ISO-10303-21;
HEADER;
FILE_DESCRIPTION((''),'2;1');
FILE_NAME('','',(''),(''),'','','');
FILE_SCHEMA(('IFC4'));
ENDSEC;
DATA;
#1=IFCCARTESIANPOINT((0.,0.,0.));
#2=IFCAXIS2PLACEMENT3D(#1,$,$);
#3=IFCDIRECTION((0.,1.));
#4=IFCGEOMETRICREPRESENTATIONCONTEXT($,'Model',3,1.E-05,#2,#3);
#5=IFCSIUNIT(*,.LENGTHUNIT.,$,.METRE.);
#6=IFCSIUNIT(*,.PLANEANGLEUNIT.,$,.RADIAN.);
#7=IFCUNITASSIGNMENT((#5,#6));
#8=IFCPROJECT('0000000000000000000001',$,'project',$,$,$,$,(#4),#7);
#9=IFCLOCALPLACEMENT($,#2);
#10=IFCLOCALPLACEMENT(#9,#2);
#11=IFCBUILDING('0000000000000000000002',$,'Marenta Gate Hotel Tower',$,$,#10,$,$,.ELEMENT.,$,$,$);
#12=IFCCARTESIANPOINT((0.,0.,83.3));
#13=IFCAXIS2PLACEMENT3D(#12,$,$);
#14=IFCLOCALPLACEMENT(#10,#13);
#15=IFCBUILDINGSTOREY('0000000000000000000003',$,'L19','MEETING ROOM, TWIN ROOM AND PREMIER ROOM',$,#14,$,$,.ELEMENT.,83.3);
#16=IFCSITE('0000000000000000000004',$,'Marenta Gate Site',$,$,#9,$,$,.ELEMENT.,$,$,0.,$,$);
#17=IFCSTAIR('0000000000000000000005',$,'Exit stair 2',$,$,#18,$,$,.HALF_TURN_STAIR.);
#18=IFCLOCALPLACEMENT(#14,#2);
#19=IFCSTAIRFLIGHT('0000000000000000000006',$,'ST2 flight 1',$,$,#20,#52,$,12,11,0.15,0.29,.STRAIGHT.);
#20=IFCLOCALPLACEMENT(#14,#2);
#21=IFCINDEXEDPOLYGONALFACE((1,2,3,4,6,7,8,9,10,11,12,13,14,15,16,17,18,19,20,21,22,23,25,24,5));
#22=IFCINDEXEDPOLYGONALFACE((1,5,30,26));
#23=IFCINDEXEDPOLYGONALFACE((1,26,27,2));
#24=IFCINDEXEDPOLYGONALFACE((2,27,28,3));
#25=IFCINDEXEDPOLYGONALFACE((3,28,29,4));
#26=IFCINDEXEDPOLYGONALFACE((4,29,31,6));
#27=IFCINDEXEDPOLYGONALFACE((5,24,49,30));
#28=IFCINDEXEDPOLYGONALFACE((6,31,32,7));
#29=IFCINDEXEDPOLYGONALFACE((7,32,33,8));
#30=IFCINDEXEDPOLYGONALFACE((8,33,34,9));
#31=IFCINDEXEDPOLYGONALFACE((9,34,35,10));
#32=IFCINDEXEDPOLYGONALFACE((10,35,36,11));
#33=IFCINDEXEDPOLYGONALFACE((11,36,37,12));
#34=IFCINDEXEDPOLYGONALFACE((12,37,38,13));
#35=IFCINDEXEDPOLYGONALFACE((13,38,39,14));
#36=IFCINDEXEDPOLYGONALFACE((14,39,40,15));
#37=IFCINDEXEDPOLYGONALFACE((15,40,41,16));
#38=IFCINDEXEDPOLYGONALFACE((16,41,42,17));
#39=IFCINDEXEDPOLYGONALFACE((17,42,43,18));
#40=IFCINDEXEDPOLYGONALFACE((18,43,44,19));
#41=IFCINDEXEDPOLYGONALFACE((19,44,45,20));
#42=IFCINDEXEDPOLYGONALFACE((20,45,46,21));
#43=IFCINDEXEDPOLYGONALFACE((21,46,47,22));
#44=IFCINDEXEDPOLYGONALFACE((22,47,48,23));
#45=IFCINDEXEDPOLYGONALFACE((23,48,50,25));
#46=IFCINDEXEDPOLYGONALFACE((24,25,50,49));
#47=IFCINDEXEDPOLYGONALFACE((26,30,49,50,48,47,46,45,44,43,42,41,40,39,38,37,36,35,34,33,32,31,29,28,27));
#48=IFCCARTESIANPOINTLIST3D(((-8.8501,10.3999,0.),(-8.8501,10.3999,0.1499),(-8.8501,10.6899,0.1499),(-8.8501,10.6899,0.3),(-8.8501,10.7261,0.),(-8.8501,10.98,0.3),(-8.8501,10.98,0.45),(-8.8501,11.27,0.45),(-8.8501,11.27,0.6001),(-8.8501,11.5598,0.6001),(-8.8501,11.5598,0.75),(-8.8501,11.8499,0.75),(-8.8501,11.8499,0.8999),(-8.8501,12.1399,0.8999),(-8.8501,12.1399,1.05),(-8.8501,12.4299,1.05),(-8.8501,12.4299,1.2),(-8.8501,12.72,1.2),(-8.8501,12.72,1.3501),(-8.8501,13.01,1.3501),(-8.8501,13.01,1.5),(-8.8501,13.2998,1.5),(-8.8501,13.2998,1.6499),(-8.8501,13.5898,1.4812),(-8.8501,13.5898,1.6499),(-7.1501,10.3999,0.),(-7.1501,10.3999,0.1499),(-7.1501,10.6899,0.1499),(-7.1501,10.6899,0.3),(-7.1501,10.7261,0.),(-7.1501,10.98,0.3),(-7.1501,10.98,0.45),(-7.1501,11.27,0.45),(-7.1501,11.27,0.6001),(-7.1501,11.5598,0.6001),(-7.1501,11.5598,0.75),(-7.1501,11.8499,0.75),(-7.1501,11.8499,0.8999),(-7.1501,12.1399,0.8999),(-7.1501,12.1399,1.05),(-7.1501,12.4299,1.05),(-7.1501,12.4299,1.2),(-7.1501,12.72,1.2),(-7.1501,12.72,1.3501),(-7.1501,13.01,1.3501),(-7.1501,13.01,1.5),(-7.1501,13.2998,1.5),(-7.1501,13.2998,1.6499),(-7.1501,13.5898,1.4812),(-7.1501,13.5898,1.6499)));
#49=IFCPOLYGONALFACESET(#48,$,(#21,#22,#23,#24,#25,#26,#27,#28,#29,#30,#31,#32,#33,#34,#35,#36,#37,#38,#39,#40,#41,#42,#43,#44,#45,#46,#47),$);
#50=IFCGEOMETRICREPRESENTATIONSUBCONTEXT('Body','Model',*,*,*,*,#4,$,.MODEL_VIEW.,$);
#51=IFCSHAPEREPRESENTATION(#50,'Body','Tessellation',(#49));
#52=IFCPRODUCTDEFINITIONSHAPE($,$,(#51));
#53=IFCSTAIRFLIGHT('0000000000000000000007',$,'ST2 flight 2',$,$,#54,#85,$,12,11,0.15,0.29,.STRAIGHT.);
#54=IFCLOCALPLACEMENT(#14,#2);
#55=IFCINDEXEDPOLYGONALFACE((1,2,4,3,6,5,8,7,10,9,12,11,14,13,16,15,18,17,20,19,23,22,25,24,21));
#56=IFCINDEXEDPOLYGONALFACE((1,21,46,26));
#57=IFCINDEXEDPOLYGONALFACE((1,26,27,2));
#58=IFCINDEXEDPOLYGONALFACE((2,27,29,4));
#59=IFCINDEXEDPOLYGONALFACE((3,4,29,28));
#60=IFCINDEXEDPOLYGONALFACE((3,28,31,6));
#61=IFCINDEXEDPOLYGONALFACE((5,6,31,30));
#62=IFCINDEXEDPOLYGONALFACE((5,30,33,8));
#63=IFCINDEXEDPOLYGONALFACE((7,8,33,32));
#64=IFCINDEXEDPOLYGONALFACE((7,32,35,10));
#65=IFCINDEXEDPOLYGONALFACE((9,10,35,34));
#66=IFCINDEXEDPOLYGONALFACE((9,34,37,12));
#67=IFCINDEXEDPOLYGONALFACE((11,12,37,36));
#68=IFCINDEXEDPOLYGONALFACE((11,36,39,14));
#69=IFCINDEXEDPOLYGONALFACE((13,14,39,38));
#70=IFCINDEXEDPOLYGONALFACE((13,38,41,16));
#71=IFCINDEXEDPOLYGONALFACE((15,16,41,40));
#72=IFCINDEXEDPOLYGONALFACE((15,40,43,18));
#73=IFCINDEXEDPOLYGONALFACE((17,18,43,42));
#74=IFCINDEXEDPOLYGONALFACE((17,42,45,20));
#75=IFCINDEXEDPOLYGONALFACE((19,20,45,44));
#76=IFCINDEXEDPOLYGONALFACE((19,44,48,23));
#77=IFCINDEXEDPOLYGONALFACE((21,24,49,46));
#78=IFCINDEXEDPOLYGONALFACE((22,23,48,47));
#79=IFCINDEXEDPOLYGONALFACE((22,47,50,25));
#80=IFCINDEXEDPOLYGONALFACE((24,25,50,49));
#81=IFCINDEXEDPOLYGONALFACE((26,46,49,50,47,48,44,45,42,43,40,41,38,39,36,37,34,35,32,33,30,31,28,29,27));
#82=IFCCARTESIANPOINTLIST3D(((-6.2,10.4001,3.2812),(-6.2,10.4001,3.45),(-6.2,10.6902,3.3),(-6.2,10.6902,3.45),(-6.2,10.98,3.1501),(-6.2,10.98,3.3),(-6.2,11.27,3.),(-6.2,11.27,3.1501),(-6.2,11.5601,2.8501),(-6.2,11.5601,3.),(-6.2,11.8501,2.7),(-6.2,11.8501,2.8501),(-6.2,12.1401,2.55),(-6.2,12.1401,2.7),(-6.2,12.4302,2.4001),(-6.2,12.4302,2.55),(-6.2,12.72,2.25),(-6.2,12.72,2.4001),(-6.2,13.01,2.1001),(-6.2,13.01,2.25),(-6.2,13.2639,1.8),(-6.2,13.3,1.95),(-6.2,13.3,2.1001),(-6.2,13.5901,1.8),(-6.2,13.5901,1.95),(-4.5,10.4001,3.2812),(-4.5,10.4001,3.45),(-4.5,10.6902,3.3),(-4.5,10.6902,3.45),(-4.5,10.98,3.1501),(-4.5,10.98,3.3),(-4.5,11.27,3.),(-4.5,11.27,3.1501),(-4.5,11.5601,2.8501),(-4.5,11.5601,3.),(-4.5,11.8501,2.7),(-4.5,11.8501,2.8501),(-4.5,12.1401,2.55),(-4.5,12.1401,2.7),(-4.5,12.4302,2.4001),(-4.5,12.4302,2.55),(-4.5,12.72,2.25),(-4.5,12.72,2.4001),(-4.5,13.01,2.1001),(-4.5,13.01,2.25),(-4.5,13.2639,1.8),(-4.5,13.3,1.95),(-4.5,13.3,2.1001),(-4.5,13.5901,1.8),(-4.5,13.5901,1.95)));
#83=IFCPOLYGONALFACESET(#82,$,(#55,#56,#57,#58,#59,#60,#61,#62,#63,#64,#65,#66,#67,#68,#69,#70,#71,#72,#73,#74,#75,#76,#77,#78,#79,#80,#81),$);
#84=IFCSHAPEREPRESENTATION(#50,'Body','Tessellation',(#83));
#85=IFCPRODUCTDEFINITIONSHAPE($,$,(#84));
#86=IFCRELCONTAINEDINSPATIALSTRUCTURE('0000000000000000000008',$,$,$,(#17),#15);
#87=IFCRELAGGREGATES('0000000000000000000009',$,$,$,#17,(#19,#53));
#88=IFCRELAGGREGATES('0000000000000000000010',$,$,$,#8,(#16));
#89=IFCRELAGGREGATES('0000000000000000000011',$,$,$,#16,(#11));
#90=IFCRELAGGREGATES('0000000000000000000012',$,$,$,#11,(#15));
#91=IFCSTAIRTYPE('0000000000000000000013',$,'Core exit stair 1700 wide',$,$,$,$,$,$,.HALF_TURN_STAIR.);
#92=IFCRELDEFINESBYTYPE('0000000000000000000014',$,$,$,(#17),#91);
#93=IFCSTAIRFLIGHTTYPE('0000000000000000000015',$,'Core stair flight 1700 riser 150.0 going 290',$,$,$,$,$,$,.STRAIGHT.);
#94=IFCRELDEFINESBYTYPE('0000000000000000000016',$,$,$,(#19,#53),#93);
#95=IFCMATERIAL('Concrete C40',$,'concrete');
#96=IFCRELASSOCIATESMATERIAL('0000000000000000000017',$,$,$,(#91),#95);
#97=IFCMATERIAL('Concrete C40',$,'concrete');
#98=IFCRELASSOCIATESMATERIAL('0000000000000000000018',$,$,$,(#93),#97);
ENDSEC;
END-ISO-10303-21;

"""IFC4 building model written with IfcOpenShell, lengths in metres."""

from ifc_helpers import new_model, si_unit, direction, frame, origin, place, context, subcontext, project, spatial, polyline, outline, extrude, material, type_object, element, aggregate, save


model = new_model("IFC4")

# Units and contexts
model_context = context("Model", 3, precision=1e-05, world=origin(), true_north=direction((0.0, 1.0)))
body_context = subcontext(model_context, "Body", "Model", "MODEL_VIEW")
ifc_project = project(units=[si_unit("LENGTHUNIT", "METRE"), si_unit("PLANEANGLEUNIT", "RADIAN")], contexts=[model_context])

# Site, building, storey
site_placement = place(None, origin())
site = spatial("IfcSite", under=ifc_project, at=site_placement, Name="Marenta Gate Site", CompositionType="ELEMENT", RefElevation=0.0)
building_placement = place(site_placement, origin())
building = spatial("IfcBuilding", under=site, at=building_placement, Name="Marenta Gate Hotel Tower", CompositionType="ELEMENT")
storey_placement = place(building_placement, frame((0.0, 0.0, 83.3)))
storey = spatial("IfcBuildingStorey", under=building, at=storey_placement, Name="L19", Description="MEETING ROOM, TWIN ROOM AND PREMIER ROOM", CompositionType="ELEMENT", Elevation=83.3)

# Stair, stair flights
ifc_material_1 = material(Name="Concrete C40", Category="concrete")
stair_type = type_object("IfcStairType", Name="Core exit stair 1700 wide", PredefinedType="HALF_TURN_STAIR", material=ifc_material_1)
ifc_material_2 = material(Name="Concrete C40", Category="concrete")
stair_flight_type = type_object("IfcStairFlightType", Name="Core stair flight 1700 riser 150.0 going 290", PredefinedType="STRAIGHT", material=ifc_material_2)
stair_1_placement = place(storey_placement, origin())
stair_1 = element("IfcStair", 1, at=stair_1_placement, inside=storey, type_object=stair_type, Name="Exit stair 2", PredefinedType="HALF_TURN_STAIR")
stair_flight_1_placement = place(storey_placement, frame((-8.0, 10.3999, 0.0), z_axis=(0.0, 0.0, 1.0), x_axis=(0.0, 1.0, 0.0)))
stair_flight_1 = element("IfcStairFlight", 2, at=stair_flight_1_placement, type_object=stair_flight_type, Name="ST2 flight 1", NumberOfRisers=12, NumberOfTreads=11, PredefinedType="STRAIGHT", RiserHeight=0.15, TreadLength=0.29, context=body_context, shape_type="SweptSolid", body=[
    extrude(outline(polyline([(0.0, 0.0), (0.0, 0.1499), (0.29, 0.1499), (0.29, 0.3), (0.5801, 0.3), (0.5801, 0.45), (0.8701, 0.45), (0.8701, 0.6001), (1.1599, 0.6001), (1.1599, 0.75), (1.45, 0.75), (1.45, 0.8999), (1.74, 0.8999), (1.74, 1.05), (2.03, 1.05), (2.03, 1.2), (2.3201, 1.2), (2.3201, 1.3501), (2.6101, 1.3501), (2.6101, 1.5), (2.8999, 1.5), (2.8999, 1.6499), (3.1899, 1.6499), (3.1899, 1.8), (3.1899, 1.4812), (0.3262, 0.0), (0.0, 0.0)])), frame((0.0, 0.8501, 0.0), z_axis=(0.0, -1.0, 0.0), x_axis=(1.0, 0.0, 0.0)), (0.0, 0.0, 1.0), 1.7),
])
stair_flight_2_placement = place(storey_placement, frame((-5.3501, 13.5901, 1.8), z_axis=(0.0, 0.0, 1.0), x_axis=(0.0, -1.0, 0.0)))
stair_flight_2 = element("IfcStairFlight", 3, at=stair_flight_2_placement, type_object=stair_flight_type, Name="ST2 flight 2", NumberOfRisers=12, NumberOfTreads=11, PredefinedType="STRAIGHT", RiserHeight=0.15, TreadLength=0.29, context=body_context, shape_type="SweptSolid", body=[
    extrude(outline(polyline([(0.0, 0.0), (0.0, 0.1499), (0.29, 0.1499), (0.29, 0.3), (0.5801, 0.3), (0.5801, 0.45), (0.8701, 0.45), (0.8701, 0.6001), (1.1599, 0.6001), (1.1599, 0.75), (1.45, 0.75), (1.45, 0.8999), (1.74, 0.8999), (1.74, 1.05), (2.03, 1.05), (2.03, 1.2), (2.3201, 1.2), (2.3201, 1.3501), (2.6101, 1.3501), (2.6101, 1.5), (2.8999, 1.5), (2.8999, 1.6499), (3.1899, 1.6499), (3.1899, 1.8), (3.1899, 1.4812), (0.3262, 0.0), (0.0, 0.0)])), frame((0.0, 0.8501, 0.0), z_axis=(0.0, -1.0, 0.0), x_axis=(1.0, 0.0, 0.0)), (0.0, 0.0, 1.0), 1.7),
])
aggregate(stair_1, [stair_flight_1, stair_flight_2])

save(model, "model.ifc")
